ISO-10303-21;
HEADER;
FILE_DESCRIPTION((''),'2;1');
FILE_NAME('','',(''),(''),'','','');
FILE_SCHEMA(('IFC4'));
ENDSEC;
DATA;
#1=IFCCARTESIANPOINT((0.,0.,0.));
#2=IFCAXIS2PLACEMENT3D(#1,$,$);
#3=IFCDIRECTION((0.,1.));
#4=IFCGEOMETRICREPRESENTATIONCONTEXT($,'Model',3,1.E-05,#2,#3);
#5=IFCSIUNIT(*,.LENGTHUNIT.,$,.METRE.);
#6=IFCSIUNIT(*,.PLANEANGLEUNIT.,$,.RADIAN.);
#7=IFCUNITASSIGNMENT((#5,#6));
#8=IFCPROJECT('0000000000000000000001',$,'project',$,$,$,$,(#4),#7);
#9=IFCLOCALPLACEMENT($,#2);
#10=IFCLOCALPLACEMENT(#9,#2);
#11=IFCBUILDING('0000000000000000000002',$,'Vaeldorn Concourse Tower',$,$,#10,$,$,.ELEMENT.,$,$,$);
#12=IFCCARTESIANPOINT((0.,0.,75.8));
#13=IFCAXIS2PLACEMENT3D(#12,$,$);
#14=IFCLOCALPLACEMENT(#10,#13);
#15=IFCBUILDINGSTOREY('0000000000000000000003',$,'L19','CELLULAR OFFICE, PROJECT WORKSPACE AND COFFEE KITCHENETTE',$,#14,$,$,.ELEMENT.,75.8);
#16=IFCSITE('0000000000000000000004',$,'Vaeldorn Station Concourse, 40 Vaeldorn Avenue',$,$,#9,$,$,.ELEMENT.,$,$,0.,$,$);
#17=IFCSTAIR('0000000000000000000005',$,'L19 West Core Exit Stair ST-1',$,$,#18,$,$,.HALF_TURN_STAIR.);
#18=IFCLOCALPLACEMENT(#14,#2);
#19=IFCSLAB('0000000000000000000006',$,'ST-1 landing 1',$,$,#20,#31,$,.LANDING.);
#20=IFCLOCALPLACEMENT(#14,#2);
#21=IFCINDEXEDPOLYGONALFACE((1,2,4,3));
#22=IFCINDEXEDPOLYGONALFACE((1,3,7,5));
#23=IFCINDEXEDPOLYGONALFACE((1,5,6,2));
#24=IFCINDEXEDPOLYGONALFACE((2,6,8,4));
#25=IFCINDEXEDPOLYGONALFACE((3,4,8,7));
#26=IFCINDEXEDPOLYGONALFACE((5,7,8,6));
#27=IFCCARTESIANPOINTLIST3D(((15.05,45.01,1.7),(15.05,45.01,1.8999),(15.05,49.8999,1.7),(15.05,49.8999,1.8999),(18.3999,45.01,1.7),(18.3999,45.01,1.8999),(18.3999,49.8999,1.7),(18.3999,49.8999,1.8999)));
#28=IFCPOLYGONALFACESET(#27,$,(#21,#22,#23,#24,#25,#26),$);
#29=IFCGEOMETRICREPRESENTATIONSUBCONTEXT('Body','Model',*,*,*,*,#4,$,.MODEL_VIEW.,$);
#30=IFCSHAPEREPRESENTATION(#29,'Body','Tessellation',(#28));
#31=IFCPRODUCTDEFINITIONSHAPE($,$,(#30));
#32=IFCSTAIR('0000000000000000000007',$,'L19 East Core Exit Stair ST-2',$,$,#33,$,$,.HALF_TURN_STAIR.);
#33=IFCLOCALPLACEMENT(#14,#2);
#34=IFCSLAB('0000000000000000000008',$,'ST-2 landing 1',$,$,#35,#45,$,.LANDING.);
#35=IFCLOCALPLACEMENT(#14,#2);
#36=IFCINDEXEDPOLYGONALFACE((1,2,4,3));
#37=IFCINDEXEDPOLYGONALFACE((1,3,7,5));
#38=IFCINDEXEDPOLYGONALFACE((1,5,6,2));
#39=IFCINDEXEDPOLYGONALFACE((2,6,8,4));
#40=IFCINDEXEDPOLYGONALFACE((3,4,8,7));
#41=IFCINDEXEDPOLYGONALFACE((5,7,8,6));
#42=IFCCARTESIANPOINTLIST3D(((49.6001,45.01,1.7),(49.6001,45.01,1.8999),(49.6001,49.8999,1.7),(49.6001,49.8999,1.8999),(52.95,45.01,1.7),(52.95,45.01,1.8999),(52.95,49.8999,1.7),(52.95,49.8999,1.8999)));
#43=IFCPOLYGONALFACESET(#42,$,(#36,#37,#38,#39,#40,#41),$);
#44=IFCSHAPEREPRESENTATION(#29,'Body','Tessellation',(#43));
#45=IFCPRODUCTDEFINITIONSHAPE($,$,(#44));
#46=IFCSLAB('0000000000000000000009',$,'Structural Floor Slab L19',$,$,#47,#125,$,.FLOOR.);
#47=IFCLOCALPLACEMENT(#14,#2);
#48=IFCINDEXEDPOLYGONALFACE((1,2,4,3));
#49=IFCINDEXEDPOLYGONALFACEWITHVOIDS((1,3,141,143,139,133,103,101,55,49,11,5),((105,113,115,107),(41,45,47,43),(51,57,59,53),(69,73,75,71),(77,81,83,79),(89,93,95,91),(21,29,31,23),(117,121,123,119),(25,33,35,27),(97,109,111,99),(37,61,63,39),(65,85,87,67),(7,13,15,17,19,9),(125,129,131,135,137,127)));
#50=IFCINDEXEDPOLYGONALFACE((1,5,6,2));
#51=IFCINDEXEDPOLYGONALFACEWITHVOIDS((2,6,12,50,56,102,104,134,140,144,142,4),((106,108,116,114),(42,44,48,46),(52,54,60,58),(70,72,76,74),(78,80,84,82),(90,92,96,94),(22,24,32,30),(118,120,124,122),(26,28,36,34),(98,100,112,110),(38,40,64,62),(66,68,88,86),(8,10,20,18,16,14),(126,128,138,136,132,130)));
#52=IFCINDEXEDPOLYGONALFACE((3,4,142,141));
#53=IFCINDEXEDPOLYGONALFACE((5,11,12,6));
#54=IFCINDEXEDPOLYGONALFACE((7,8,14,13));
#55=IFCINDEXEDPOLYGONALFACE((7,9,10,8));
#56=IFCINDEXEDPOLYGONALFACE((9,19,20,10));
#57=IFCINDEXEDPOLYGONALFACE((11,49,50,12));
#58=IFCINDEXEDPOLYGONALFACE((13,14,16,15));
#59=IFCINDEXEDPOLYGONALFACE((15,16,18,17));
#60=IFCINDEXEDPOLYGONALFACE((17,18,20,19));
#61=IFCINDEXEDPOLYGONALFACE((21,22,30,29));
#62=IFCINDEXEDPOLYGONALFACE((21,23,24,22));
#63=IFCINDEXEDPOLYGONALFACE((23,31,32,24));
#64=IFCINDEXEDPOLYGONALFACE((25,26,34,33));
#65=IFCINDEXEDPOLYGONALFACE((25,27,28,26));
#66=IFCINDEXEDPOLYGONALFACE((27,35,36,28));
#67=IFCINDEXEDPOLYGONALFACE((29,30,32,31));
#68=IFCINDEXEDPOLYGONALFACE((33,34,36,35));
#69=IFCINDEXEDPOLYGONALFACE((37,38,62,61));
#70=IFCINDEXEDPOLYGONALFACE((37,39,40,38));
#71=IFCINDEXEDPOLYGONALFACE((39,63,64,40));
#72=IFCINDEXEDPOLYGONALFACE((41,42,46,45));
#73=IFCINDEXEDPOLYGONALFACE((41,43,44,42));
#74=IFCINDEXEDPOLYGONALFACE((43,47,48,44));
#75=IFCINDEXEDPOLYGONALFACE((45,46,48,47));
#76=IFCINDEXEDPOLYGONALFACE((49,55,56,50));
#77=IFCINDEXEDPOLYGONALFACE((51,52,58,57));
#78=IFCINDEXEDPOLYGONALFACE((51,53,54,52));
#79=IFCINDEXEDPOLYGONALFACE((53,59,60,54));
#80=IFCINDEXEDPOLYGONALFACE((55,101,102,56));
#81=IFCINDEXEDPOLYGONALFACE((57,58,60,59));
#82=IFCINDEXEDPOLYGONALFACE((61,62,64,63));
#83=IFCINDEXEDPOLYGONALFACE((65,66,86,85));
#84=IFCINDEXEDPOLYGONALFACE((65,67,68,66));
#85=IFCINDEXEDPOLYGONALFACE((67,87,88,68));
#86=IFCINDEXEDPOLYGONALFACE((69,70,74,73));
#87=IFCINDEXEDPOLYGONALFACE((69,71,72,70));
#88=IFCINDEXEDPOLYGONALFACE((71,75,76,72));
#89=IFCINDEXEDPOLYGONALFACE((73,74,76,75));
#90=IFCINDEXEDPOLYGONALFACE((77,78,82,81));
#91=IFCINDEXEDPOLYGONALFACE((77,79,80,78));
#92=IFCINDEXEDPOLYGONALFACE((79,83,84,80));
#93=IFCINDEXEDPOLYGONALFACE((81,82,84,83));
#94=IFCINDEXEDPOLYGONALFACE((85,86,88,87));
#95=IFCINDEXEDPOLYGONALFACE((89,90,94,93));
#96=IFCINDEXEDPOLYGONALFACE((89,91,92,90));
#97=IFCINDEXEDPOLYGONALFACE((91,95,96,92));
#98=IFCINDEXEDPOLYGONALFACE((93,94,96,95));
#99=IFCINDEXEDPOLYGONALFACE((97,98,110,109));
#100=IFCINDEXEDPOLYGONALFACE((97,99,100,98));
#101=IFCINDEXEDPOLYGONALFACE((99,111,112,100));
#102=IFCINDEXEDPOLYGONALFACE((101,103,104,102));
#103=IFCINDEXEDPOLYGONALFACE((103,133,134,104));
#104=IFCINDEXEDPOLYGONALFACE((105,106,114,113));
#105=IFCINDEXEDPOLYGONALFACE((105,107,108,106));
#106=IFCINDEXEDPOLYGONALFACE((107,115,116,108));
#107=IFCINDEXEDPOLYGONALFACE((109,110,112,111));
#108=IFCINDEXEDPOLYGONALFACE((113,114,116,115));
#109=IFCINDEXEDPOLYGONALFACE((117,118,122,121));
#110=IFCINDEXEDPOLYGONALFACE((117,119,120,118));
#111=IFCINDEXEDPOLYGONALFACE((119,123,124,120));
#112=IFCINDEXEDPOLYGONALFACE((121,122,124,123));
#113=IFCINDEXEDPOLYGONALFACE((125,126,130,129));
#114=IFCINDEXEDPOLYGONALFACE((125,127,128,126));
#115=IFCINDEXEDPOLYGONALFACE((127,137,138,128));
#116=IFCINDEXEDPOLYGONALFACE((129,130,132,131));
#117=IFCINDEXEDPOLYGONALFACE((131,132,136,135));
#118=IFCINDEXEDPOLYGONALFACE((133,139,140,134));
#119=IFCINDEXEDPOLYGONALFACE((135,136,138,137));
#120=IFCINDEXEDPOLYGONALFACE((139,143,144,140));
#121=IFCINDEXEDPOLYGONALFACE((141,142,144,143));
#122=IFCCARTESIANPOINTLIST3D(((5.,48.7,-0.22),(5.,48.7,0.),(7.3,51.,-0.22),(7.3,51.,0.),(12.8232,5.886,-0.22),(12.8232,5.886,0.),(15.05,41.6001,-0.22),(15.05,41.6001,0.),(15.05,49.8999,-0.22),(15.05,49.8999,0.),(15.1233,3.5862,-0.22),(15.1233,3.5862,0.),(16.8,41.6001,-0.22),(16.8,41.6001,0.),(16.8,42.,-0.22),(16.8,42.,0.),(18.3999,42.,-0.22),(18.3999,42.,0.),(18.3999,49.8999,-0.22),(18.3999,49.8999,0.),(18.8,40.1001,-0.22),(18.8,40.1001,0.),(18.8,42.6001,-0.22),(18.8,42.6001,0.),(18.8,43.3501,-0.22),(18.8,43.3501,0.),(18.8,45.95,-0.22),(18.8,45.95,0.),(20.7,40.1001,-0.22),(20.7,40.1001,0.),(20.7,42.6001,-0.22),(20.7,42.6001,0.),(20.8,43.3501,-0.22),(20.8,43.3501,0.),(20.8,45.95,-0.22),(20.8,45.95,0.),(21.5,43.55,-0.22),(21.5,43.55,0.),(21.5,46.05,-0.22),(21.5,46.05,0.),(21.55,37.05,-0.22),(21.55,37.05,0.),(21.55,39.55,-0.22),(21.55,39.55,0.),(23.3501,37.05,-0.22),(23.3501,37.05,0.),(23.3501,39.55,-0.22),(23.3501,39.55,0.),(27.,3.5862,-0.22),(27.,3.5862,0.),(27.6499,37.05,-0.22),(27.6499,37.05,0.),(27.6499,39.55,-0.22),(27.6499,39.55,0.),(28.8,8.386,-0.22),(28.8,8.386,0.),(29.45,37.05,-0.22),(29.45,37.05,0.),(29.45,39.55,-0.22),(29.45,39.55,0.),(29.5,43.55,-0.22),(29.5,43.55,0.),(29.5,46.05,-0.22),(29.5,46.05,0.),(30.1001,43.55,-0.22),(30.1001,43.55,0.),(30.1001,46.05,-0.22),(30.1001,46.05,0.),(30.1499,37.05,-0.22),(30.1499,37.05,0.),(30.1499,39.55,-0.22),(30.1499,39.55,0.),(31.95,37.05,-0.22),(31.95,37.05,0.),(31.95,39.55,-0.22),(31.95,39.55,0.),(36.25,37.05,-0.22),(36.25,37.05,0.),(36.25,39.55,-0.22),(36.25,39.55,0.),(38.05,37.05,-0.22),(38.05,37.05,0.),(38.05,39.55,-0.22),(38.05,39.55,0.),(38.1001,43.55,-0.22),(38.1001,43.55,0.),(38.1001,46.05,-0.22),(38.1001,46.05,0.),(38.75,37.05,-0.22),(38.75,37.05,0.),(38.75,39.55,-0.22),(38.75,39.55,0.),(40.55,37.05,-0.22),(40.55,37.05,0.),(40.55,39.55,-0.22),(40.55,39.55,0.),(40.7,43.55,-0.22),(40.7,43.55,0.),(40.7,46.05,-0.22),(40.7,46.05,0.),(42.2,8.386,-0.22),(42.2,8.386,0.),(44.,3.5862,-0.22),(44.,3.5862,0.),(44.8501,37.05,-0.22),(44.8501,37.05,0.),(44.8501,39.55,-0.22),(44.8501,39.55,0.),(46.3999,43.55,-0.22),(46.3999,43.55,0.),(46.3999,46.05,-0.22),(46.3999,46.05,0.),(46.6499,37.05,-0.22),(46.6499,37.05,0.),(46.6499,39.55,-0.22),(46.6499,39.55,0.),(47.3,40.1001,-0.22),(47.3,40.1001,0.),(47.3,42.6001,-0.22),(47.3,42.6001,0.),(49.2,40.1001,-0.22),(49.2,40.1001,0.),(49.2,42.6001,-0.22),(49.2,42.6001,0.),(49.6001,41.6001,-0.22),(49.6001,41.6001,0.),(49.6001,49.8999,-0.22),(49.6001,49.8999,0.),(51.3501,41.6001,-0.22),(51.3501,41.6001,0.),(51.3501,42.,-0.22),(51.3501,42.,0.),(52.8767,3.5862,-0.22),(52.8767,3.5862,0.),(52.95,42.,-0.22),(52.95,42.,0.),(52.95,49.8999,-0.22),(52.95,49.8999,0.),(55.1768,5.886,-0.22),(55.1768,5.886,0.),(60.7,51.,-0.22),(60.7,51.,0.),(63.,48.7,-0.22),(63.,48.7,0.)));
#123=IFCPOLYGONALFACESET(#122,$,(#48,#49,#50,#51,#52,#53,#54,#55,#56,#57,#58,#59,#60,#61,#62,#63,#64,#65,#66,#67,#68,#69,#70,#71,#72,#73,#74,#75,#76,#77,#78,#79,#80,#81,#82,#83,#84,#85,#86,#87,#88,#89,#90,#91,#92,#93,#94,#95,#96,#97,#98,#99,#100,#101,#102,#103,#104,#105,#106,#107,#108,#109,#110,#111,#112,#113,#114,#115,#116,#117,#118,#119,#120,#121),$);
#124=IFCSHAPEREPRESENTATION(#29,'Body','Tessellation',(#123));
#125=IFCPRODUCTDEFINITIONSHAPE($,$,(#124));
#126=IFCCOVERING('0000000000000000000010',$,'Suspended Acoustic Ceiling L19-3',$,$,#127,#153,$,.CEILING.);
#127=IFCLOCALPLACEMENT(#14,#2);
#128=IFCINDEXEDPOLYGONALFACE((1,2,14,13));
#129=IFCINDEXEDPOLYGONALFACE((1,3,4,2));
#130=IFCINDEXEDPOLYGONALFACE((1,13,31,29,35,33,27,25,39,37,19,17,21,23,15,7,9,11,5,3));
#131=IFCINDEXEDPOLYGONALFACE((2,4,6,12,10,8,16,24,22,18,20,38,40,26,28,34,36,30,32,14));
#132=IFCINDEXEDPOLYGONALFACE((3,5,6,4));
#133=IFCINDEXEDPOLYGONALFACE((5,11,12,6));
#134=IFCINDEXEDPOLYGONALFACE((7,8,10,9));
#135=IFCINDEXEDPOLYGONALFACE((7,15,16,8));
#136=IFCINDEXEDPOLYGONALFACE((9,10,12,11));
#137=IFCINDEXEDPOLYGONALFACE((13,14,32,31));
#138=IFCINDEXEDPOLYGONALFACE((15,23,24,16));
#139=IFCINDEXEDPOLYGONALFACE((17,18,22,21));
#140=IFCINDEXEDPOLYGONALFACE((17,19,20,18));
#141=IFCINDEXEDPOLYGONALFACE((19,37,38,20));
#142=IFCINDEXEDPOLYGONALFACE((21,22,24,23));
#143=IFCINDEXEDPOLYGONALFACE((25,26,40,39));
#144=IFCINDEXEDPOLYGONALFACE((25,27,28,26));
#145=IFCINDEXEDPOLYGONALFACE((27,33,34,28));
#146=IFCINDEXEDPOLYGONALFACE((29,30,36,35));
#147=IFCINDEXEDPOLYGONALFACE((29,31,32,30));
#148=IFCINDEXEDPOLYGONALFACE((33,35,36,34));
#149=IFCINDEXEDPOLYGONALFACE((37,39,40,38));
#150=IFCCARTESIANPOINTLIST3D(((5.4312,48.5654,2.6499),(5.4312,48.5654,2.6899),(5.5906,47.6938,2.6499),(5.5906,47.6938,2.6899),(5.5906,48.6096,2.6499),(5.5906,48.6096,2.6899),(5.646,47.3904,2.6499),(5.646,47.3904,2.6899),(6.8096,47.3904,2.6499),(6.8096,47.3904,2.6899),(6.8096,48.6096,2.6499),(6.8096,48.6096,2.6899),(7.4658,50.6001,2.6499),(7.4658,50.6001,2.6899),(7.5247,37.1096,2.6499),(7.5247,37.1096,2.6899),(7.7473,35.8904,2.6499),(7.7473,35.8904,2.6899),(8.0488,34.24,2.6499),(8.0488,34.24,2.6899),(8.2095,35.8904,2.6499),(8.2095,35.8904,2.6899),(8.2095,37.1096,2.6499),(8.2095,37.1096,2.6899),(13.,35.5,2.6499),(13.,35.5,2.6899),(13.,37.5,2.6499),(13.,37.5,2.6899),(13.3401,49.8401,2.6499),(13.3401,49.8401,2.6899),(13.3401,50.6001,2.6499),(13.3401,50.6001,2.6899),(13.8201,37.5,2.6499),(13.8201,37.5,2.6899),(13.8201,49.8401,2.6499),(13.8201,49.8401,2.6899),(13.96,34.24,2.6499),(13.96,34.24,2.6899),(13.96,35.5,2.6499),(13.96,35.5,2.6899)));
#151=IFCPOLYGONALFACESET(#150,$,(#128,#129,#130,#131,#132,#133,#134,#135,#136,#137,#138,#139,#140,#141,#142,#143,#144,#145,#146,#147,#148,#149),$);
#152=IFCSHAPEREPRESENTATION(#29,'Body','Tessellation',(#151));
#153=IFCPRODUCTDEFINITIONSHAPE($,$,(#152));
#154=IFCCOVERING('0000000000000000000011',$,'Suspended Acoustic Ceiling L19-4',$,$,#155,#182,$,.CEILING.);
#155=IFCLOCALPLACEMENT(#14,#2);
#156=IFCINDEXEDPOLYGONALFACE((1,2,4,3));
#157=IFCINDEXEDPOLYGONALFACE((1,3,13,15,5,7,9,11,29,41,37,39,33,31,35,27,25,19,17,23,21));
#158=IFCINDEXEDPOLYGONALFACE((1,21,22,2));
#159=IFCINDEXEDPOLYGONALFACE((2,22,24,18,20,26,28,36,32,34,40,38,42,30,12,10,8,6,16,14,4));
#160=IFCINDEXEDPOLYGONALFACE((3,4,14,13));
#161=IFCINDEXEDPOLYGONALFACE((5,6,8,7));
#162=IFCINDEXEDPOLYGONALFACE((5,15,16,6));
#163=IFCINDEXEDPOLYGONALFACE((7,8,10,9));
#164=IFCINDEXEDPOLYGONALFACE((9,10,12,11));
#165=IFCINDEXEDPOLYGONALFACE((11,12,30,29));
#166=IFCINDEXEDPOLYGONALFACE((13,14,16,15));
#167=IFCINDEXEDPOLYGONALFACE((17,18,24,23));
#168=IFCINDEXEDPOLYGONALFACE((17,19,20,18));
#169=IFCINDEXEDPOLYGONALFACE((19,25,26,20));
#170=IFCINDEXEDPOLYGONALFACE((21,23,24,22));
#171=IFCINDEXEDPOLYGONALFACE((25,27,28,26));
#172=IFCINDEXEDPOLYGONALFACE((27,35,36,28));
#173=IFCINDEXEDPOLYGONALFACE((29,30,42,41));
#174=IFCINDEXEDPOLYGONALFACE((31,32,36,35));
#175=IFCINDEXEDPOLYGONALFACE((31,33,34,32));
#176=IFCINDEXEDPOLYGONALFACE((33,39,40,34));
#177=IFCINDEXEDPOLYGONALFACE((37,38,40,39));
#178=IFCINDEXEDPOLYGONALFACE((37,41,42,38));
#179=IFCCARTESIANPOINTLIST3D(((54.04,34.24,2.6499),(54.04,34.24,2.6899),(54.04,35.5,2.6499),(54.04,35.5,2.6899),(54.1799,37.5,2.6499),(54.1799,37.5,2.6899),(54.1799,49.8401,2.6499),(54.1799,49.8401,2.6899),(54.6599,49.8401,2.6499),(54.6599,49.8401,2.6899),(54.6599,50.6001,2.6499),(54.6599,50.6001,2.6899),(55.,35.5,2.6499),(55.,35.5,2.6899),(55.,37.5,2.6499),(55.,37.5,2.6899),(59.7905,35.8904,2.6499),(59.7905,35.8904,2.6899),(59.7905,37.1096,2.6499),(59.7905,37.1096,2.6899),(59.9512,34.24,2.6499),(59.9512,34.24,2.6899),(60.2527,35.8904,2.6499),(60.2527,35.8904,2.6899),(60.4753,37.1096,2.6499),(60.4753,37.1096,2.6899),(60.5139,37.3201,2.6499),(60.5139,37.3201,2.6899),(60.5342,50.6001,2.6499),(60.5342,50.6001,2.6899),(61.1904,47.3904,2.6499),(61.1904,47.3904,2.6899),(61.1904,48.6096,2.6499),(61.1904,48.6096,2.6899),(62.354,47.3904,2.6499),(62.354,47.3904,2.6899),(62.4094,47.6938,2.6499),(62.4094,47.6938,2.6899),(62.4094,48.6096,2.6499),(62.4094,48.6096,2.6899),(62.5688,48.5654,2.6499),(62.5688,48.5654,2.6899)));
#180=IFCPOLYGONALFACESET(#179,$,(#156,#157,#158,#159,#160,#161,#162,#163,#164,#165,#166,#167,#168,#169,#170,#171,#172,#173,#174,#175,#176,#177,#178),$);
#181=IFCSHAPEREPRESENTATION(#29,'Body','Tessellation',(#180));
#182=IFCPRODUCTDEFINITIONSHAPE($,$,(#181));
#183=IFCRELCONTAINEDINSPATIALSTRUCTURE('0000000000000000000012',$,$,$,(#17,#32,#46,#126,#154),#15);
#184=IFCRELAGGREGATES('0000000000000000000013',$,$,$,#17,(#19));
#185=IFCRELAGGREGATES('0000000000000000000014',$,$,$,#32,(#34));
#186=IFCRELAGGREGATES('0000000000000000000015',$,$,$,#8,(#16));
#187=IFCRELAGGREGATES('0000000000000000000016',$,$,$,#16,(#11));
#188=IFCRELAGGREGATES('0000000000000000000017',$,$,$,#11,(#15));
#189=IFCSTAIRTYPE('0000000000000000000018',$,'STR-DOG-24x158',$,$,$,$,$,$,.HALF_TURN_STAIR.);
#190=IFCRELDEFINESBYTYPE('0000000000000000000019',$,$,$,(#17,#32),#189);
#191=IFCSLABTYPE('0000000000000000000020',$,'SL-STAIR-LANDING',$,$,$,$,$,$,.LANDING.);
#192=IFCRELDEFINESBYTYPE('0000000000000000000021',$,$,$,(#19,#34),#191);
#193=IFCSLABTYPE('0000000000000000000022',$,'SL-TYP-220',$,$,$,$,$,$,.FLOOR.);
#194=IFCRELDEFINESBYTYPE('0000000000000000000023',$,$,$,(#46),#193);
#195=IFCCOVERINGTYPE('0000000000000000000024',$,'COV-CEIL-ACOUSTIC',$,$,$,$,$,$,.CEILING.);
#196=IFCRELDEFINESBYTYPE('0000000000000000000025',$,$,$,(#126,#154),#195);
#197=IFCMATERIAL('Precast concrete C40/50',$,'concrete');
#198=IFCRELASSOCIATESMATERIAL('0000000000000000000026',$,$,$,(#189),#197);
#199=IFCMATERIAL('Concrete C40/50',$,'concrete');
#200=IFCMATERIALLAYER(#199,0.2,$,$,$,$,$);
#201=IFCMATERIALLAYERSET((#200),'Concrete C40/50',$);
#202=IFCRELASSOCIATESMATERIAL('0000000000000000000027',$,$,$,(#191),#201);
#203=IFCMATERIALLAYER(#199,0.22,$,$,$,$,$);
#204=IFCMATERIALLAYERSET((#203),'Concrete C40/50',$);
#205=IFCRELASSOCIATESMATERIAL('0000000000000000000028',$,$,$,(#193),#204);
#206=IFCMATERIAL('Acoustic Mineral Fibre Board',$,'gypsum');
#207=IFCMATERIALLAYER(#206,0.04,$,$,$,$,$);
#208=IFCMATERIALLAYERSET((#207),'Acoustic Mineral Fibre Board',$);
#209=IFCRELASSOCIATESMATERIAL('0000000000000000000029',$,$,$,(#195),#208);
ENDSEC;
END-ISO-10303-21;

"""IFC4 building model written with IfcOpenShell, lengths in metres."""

from ifc_helpers import new_model, si_unit, direction, frame, origin, place, context, subcontext, project, spatial, polyline, outline, extrude, material, layer, layer_set, type_object, element, aggregate, save


model = new_model("IFC4")

# Units and contexts
model_context = context("Model", 3, precision=1e-05, world=origin(), true_north=direction((0.0, 1.0)))
body_context = subcontext(model_context, "Body", "Model", "MODEL_VIEW")
ifc_project = project(units=[si_unit("LENGTHUNIT", "METRE"), si_unit("PLANEANGLEUNIT", "RADIAN")], contexts=[model_context])

# Site, building, storey
site_placement = place(None, origin())
site = spatial("IfcSite", under=ifc_project, at=site_placement, Name="Vaeldorn Station Concourse, 40 Vaeldorn Avenue", CompositionType="ELEMENT", RefElevation=0.0)
building_placement = place(site_placement, origin())
building = spatial("IfcBuilding", under=site, at=building_placement, Name="Vaeldorn Concourse Tower", CompositionType="ELEMENT")
storey_placement = place(building_placement, frame((0.0, 0.0, 75.8)))
storey = spatial("IfcBuildingStorey", under=building, at=storey_placement, Name="L19", Description="CELLULAR OFFICE, PROJECT WORKSPACE AND COFFEE KITCHENETTE", CompositionType="ELEMENT", Elevation=75.8)

# Stairs, slabs
ifc_material_1 = material(Name="Precast concrete C40/50", Category="concrete")
stair_type = type_object("IfcStairType", Name="STR-DOG-24x158", PredefinedType="HALF_TURN_STAIR", material=ifc_material_1)
stair_1_placement = place(storey_placement, origin())
stair_1 = element("IfcStair", 1, at=stair_1_placement, inside=storey, type_object=stair_type, Name="L19 West Core Exit Stair ST-1", PredefinedType="HALF_TURN_STAIR")
ifc_material_2 = material(Name="Concrete C40/50", Category="concrete")
ifc_layer_1 = layer(ifc_material_2, 0.2)
ifc_layer_set_1 = layer_set([ifc_layer_1], Name="Concrete C40/50")
slab_type_1 = type_object("IfcSlabType", Name="SL-STAIR-LANDING", PredefinedType="LANDING", material=ifc_layer_set_1)
slab_1_placement = place(storey_placement, frame((0.0, 0.0, 1.7)))
slab_1 = element("IfcSlab", 2, at=slab_1_placement, type_object=slab_type_1, Name="ST-1 landing 1", PredefinedType="LANDING", context=body_context, shape_type="SweptSolid", body=[
    extrude(outline(polyline([(18.3999, 45.01), (18.3999, 49.8999), (15.05, 49.8999), (15.05, 45.01), (18.3999, 45.01)])), origin(), (0.0, 0.0, 1.0), 0.2),
])
aggregate(stair_1, [slab_1])
stair_2_placement = place(storey_placement, origin())
stair_2 = element("IfcStair", 3, at=stair_2_placement, inside=storey, type_object=stair_type, Name="L19 East Core Exit Stair ST-2", PredefinedType="HALF_TURN_STAIR")
slab_2_placement = place(storey_placement, frame((0.0, 0.0, 1.7)))
slab_2 = element("IfcSlab", 4, at=slab_2_placement, type_object=slab_type_1, Name="ST-2 landing 1", PredefinedType="LANDING", context=body_context, shape_type="SweptSolid", body=[
    extrude(outline(polyline([(52.95, 45.01), (52.95, 49.8999), (49.6001, 49.8999), (49.6001, 45.01), (52.95, 45.01)])), origin(), (0.0, 0.0, 1.0), 0.2),
])
aggregate(stair_2, [slab_2])

# Slab
ifc_layer_2 = layer(ifc_material_2, 0.22)
ifc_layer_set_2 = layer_set([ifc_layer_2], Name="Concrete C40/50")
slab_type_2 = type_object("IfcSlabType", Name="SL-TYP-220", PredefinedType="FLOOR", material=ifc_layer_set_2)
slab_3_placement = place(storey_placement, frame((0.0, 0.0, -0.22)))
element("IfcSlab", 5, at=slab_3_placement, inside=storey, type_object=slab_type_2, Name="Structural Floor Slab L19", PredefinedType="FLOOR", context=body_context, shape_type="SweptSolid", body=[
    extrude(outline(polyline([(15.1233, 3.5862), (27.0, 3.5862), (28.8, 8.386), (42.2, 8.386), (44.0, 3.5862), (52.8767, 3.5862), (55.1768, 5.886), (63.0, 48.7), (60.7, 51.0), (7.3, 51.0), (5.0, 48.7), (12.8232, 5.886), (15.1233, 3.5862)]), holes=[polyline([(18.3999, 42.0), (18.3999, 49.8999), (15.05, 49.8999), (15.05, 41.6001), (16.8, 41.6001), (16.8, 42.0), (18.3999, 42.0)]), polyline([(52.95, 42.0), (52.95, 49.8999), (49.6001, 49.8999), (49.6001, 41.6001), (51.3501, 41.6001), (51.3501, 42.0), (52.95, 42.0)]), polyline([(21.55, 37.05), (23.3501, 37.05), (23.3501, 39.55), (21.55, 39.55), (21.55, 37.05)]), polyline([(27.6499, 37.05), (29.45, 37.05), (29.45, 39.55), (27.6499, 39.55), (27.6499, 37.05)]), polyline([(21.5, 43.55), (29.5, 43.55), (29.5, 46.05), (21.5, 46.05), (21.5, 43.55)]), polyline([(30.1499, 37.05), (31.95, 37.05), (31.95, 39.55), (30.1499, 39.55), (30.1499, 37.05)]), polyline([(36.25, 37.05), (38.05, 37.05), (38.05, 39.55), (36.25, 39.55), (36.25, 37.05)]), polyline([(30.1001, 43.55), (38.1001, 43.55), (38.1001, 46.05), (30.1001, 46.05), (30.1001, 43.55)]), polyline([(38.75, 37.05), (40.55, 37.05), (40.55, 39.55), (38.75, 39.55), (38.75, 37.05)]), polyline([(44.8501, 37.05), (46.6499, 37.05), (46.6499, 39.55), (44.8501, 39.55), (44.8501, 37.05)]), polyline([(40.7, 43.55), (46.3999, 43.55), (46.3999, 46.05), (40.7, 46.05), (40.7, 43.55)]), polyline([(18.8, 43.3501), (20.8, 43.3501), (20.8, 45.95), (18.8, 45.95), (18.8, 43.3501)]), polyline([(18.8, 40.1001), (20.7, 40.1001), (20.7, 42.6001), (18.8, 42.6001), (18.8, 40.1001)]), polyline([(47.3, 40.1001), (49.2, 40.1001), (49.2, 42.6001), (47.3, 42.6001), (47.3, 40.1001)])]), origin(), (0.0, 0.0, 1.0), 0.22),
])

# Coverings
ifc_material_3 = material(Name="Acoustic Mineral Fibre Board", Category="gypsum")
ifc_layer_3 = layer(ifc_material_3, 0.04)
ifc_layer_set_3 = layer_set([ifc_layer_3], Name="Acoustic Mineral Fibre Board")
covering_type_1 = type_object("IfcCoveringType", Name="COV-CEIL-ACOUSTIC", PredefinedType="CEILING", material=ifc_layer_set_3)
covering_1_placement = place(storey_placement, frame((0.0, 0.0, 2.6499)))
element("IfcCovering", 6, at=covering_1_placement, inside=storey, type_object=covering_type_1, Name="Suspended Acoustic Ceiling L19-3", PredefinedType="CEILING", context=body_context, shape_type="SweptSolid", body=[
    extrude(outline(polyline([(7.4658, 50.6001), (13.3401, 50.6001), (13.3401, 49.8401), (13.8201, 49.8401), (13.8201, 37.5), (13.0, 37.5), (13.0, 35.5), (13.96, 35.5), (13.96, 34.24), (8.0488, 34.24), (7.7473, 35.8904), (8.2095, 35.8904), (8.2095, 37.1096), (7.5247, 37.1096), (5.646, 47.3904), (6.8096, 47.3904), (6.8096, 48.6096), (5.5906, 48.6096), (5.5906, 47.6938), (5.4312, 48.5654), (7.4658, 50.6001)])), origin(), (0.0, 0.0, 1.0), 0.04),
])
covering_2_placement = place(storey_placement, frame((0.0, 0.0, 2.6499)))
element("IfcCovering", 7, at=covering_2_placement, inside=storey, type_object=covering_type_1, Name="Suspended Acoustic Ceiling L19-4", PredefinedType="CEILING", context=body_context, shape_type="SweptSolid", body=[
    extrude(outline(polyline([(54.1799, 49.8401), (54.6599, 49.8401), (54.6599, 50.6001), (60.5342, 50.6001), (62.5688, 48.5654), (62.4094, 47.6938), (62.4094, 48.6096), (61.1904, 48.6096), (61.1904, 47.3904), (62.354, 47.3904), (60.5139, 37.3201), (60.5139, 37.3201), (60.4753, 37.1096), (59.7905, 37.1096), (59.7905, 35.8904), (60.2527, 35.8904), (59.9512, 34.24), (54.04, 34.24), (54.04, 35.5), (55.0, 35.5), (55.0, 37.5), (54.1799, 37.5), (54.1799, 49.8401)])), origin(), (0.0, 0.0, 1.0), 0.04),
])

save(model, "model.ifc")
